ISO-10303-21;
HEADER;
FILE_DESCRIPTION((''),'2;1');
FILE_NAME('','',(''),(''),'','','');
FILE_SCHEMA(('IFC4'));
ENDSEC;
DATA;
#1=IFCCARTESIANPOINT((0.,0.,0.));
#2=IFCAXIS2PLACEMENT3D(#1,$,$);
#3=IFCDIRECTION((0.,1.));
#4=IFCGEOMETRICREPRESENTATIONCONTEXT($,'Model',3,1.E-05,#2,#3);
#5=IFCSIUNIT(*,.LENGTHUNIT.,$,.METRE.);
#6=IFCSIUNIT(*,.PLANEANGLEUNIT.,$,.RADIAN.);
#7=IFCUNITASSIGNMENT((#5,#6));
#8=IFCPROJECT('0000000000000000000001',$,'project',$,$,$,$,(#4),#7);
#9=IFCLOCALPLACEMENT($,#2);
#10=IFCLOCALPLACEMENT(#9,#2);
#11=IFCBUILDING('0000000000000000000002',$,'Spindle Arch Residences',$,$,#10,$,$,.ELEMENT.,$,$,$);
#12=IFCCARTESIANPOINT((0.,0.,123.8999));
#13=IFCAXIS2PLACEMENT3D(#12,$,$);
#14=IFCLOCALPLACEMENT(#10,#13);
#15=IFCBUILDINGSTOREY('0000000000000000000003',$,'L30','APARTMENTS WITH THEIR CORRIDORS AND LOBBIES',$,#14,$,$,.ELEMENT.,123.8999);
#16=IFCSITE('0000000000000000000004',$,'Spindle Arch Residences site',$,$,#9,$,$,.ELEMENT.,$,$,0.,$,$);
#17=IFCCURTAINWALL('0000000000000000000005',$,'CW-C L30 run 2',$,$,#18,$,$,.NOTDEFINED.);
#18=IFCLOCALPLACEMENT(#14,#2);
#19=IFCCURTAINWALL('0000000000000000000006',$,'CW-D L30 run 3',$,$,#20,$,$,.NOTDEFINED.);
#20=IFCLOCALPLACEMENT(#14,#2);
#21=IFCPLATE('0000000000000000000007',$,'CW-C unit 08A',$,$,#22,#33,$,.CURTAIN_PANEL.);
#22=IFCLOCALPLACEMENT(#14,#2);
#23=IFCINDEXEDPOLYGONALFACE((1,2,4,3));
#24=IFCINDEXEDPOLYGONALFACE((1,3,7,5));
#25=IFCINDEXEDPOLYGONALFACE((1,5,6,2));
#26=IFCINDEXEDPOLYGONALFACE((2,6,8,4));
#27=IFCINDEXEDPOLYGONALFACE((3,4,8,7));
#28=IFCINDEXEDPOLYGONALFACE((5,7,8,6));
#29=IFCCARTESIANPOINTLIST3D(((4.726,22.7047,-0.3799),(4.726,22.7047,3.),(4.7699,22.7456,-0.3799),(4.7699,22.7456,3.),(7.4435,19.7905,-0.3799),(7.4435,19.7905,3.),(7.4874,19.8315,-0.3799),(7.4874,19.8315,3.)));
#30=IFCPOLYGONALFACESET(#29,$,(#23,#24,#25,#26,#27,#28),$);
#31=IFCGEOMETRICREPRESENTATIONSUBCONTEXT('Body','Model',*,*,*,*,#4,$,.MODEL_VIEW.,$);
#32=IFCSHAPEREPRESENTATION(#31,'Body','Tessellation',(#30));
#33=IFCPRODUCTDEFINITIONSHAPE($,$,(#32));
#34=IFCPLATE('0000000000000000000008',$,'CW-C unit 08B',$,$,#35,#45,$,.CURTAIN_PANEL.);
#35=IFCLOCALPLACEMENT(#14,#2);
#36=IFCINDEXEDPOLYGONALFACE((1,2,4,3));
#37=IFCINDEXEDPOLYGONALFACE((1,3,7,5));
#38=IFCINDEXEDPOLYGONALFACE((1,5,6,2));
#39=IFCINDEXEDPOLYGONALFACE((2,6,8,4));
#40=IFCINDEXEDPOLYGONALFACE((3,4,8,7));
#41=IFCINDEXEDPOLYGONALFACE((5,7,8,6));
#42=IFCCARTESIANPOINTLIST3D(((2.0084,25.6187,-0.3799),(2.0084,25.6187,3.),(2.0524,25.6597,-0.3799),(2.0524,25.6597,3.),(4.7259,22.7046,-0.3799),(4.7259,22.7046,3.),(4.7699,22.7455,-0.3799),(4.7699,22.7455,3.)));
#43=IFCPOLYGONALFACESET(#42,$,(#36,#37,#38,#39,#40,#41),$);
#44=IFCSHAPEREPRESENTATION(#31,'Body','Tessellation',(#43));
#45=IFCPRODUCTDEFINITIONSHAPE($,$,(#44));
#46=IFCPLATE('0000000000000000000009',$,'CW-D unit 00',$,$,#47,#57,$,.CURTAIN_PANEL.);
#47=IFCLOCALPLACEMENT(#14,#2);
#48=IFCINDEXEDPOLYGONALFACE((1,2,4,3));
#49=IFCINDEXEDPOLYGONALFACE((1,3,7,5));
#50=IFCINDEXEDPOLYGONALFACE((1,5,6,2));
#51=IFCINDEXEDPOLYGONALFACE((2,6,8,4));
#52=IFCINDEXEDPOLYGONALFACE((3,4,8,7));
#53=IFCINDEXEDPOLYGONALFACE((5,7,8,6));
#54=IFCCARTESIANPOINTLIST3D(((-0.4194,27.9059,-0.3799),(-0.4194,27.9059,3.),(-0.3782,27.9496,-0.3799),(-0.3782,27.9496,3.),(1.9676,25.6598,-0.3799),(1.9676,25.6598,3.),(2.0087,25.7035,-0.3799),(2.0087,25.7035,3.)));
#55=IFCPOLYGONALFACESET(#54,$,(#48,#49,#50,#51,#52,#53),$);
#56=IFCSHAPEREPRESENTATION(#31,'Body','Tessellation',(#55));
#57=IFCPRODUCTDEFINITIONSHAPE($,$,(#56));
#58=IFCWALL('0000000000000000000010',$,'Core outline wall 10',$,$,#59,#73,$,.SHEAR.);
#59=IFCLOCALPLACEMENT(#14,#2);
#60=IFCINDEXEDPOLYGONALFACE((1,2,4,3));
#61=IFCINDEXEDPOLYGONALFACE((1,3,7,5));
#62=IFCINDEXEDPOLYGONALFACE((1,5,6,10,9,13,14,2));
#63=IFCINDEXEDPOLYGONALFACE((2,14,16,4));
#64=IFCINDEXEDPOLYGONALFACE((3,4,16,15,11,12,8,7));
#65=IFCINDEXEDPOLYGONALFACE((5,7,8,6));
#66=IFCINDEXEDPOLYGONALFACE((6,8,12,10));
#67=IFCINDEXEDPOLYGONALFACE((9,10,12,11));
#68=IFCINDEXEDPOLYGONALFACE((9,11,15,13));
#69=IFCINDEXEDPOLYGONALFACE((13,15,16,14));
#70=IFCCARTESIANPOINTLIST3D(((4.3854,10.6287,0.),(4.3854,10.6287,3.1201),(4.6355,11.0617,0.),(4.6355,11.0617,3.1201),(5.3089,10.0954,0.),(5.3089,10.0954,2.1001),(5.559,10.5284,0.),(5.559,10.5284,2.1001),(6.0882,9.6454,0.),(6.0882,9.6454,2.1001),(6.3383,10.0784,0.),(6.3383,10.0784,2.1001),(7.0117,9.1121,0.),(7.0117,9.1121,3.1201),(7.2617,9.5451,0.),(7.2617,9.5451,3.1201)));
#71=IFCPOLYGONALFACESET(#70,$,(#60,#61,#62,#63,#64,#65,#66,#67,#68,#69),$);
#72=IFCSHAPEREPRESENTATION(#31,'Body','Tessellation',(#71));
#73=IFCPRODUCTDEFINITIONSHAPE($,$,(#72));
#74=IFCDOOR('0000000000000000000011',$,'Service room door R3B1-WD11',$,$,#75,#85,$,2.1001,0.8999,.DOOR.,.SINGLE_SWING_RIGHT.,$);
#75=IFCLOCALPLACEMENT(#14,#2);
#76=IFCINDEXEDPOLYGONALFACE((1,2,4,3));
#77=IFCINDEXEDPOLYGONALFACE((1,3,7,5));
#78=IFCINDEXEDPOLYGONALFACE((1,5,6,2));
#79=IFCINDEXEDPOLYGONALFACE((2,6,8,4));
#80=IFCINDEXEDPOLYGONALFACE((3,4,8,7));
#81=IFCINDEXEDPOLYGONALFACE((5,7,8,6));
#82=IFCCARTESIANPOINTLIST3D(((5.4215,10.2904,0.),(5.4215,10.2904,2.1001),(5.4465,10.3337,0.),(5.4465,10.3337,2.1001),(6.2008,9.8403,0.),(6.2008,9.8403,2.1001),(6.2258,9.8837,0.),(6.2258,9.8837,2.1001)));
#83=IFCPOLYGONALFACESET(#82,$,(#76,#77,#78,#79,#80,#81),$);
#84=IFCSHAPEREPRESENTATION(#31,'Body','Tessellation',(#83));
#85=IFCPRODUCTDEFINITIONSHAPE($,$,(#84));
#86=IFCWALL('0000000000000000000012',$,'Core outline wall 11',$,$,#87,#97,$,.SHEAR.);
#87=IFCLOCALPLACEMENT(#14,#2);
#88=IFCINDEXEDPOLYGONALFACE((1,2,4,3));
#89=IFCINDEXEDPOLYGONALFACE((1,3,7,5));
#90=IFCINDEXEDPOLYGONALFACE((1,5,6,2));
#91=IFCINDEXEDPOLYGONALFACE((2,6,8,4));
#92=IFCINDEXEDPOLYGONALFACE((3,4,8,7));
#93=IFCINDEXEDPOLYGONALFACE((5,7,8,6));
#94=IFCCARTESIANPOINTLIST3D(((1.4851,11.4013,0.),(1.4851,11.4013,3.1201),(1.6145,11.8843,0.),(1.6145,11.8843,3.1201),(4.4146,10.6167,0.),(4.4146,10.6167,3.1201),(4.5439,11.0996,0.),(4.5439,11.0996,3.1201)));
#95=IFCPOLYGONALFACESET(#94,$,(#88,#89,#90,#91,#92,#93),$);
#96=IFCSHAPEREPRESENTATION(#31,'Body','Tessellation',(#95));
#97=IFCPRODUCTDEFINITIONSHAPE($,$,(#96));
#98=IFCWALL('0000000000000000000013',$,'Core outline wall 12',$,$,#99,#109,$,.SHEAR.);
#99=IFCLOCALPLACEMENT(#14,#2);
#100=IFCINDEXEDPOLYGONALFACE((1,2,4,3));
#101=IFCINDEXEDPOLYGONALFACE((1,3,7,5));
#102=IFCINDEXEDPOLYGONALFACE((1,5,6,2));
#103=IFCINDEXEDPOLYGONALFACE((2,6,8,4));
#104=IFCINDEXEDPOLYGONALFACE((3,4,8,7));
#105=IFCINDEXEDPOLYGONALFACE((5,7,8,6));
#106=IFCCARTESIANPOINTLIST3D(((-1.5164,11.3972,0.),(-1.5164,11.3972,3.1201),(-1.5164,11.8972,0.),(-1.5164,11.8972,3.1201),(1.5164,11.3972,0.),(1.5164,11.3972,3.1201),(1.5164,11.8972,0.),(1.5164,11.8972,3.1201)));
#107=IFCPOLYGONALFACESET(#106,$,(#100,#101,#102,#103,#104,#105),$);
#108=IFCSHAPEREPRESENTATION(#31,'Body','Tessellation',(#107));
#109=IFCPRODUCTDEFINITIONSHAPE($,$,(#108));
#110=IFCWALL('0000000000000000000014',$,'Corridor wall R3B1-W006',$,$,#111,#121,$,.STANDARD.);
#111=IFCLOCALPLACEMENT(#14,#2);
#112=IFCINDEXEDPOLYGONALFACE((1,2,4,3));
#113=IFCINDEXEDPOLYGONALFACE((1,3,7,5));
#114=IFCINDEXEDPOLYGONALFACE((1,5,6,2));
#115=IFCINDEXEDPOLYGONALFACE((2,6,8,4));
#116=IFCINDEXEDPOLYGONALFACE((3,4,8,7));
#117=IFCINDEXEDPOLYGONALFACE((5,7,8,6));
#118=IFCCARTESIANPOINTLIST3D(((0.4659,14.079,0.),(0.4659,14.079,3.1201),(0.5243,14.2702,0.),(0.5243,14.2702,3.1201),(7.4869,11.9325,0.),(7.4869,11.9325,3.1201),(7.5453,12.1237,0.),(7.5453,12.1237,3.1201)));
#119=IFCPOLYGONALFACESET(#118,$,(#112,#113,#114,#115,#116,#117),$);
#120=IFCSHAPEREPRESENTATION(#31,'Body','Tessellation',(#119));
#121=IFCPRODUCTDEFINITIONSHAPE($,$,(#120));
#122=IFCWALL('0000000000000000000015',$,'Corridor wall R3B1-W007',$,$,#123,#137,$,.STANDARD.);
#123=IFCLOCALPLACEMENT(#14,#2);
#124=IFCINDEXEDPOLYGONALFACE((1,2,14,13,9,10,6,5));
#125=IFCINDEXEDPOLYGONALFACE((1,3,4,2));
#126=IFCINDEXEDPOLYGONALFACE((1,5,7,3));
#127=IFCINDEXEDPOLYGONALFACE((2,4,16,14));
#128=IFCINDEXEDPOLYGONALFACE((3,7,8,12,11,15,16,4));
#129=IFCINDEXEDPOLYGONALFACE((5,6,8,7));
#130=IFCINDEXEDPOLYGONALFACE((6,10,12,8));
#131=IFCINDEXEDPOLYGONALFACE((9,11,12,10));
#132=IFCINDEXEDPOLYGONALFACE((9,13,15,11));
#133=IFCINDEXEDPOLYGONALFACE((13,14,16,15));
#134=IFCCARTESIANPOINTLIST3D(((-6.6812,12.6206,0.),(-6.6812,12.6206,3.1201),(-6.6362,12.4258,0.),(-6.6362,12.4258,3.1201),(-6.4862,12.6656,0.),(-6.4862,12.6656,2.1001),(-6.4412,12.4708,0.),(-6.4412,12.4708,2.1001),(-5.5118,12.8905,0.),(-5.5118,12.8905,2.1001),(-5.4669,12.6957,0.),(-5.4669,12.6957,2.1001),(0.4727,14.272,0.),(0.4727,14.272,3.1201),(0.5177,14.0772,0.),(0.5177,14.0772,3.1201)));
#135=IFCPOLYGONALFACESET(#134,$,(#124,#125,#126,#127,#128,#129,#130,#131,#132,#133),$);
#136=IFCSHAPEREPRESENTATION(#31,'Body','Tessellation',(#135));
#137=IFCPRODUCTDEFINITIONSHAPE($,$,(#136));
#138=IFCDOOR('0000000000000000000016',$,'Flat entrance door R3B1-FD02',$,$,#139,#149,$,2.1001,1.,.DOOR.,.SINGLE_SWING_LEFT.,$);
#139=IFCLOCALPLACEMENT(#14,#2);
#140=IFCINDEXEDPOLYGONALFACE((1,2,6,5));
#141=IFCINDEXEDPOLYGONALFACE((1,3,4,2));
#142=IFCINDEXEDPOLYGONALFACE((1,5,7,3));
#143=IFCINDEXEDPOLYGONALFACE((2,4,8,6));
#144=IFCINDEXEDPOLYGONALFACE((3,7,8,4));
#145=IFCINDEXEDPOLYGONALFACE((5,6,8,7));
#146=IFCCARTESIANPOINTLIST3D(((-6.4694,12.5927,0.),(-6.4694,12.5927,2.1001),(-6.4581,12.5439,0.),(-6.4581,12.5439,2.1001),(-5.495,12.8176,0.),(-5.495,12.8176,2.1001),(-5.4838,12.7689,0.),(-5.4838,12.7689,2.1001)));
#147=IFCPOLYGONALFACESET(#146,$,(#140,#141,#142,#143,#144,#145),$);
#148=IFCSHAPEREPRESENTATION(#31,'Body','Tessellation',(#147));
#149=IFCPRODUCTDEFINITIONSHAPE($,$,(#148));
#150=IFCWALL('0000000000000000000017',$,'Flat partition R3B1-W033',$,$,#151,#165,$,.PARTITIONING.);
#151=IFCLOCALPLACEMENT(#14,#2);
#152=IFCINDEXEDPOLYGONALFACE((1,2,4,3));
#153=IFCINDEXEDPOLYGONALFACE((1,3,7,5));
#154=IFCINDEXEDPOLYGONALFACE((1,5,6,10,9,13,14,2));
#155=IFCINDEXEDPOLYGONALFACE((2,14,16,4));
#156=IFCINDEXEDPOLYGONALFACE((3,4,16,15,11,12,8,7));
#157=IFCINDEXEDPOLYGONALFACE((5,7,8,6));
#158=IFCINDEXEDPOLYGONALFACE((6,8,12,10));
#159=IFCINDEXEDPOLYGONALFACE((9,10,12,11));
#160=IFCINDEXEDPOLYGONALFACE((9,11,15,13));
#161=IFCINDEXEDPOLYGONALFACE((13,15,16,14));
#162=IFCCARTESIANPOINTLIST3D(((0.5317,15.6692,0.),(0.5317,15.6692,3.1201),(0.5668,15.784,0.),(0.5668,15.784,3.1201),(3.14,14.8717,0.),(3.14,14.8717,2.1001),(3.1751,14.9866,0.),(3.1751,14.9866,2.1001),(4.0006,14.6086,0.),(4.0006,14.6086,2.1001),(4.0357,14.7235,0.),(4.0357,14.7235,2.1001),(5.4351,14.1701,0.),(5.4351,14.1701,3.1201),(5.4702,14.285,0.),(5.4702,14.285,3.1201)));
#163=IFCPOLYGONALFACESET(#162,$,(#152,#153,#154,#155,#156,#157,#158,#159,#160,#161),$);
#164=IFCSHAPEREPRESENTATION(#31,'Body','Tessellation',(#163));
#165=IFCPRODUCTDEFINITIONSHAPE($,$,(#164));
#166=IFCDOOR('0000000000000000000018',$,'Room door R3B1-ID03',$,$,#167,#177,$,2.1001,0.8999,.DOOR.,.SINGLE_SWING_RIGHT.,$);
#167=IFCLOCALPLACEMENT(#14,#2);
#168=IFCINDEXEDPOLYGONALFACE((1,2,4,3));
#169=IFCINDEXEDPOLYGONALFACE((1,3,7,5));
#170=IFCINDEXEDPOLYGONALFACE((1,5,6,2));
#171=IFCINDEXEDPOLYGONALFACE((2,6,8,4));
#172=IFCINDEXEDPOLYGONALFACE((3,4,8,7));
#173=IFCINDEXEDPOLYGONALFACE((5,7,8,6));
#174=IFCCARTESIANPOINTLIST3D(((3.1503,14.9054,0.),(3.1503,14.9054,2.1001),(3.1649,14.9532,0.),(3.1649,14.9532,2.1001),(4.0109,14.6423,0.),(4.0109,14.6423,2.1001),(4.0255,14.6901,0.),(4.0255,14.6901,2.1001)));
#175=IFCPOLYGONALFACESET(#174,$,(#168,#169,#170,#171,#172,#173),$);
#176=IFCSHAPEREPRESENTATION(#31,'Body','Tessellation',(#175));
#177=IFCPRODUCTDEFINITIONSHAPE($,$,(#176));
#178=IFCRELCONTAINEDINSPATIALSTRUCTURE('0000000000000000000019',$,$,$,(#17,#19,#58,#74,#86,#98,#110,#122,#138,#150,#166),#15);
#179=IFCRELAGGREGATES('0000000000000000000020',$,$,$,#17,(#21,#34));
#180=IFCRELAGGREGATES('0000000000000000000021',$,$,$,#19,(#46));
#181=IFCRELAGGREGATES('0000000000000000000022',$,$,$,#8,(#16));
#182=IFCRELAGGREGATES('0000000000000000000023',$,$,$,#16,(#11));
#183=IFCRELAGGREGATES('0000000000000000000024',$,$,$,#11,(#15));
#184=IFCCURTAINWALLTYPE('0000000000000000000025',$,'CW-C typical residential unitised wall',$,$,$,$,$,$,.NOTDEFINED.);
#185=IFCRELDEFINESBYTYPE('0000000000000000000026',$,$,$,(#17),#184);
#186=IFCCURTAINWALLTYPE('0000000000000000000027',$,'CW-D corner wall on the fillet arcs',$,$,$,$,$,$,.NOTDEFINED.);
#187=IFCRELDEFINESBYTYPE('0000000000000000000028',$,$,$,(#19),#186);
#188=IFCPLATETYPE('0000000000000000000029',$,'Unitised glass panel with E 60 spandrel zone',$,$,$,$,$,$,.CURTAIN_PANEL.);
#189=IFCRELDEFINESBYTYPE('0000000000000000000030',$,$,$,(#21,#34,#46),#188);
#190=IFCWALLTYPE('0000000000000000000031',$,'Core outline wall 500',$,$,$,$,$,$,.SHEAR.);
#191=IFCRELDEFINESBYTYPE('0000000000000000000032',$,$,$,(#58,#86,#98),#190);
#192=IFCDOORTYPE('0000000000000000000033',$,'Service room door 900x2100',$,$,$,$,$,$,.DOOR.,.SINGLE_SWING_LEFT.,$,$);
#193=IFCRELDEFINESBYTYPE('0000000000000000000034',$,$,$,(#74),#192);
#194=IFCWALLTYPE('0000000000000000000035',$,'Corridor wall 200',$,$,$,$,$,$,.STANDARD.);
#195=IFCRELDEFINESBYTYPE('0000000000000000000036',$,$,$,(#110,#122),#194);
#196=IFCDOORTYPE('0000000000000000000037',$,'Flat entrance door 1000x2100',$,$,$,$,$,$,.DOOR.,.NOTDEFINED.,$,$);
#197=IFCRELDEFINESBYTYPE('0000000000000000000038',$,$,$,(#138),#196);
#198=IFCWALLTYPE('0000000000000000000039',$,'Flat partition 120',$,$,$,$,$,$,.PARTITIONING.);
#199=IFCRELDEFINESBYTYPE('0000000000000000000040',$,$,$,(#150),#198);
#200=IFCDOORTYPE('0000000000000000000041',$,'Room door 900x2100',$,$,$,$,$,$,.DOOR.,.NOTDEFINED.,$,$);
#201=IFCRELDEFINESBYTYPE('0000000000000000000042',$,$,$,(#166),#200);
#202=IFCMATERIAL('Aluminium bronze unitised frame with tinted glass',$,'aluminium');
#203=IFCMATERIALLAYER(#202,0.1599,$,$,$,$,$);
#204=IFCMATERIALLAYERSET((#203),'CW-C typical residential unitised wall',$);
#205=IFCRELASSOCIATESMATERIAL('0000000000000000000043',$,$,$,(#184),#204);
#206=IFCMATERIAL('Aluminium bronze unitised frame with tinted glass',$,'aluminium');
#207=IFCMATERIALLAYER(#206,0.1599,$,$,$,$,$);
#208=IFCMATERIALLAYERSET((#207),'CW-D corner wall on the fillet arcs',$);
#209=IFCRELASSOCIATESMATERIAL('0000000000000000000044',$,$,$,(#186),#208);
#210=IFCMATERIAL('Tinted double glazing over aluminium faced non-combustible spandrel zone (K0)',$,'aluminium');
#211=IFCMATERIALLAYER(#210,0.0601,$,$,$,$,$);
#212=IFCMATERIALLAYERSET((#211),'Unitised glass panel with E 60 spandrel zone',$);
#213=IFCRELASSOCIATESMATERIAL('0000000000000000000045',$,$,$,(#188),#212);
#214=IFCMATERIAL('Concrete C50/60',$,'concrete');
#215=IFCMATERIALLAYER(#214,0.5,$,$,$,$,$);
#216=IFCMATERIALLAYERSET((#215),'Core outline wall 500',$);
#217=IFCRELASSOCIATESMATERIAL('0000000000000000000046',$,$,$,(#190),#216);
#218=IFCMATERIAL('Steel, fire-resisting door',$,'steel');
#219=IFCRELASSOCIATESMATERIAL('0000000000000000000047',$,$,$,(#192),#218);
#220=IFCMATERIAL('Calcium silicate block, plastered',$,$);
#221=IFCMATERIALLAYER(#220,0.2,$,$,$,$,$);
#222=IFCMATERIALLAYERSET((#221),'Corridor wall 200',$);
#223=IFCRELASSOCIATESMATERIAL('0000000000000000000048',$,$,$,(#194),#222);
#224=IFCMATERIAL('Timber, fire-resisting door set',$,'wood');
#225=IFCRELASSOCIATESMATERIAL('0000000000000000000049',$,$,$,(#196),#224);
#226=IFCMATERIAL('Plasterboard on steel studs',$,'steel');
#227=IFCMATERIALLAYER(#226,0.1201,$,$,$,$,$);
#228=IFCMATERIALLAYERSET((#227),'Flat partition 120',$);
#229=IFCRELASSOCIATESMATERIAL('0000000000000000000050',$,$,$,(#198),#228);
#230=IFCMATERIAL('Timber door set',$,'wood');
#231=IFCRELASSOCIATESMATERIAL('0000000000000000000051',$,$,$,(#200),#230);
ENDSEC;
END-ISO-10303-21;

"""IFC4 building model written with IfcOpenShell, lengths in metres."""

from ifc_helpers import new_model, si_unit, direction, frame, frame_2d, origin, origin_2d, place, context, subcontext, project, spatial, rectangle, extrude, material, layer, layer_set, type_object, element, fill, aggregate, save


model = new_model("IFC4")

# Units and contexts
model_context = context("Model", 3, precision=1e-05, world=origin(), true_north=direction((0.0, 1.0)))
body_context = subcontext(model_context, "Body", "Model", "MODEL_VIEW")
ifc_project = project(units=[si_unit("LENGTHUNIT", "METRE"), si_unit("PLANEANGLEUNIT", "RADIAN")], contexts=[model_context])

# Site, building, storey
site_placement = place(None, origin())
site = spatial("IfcSite", under=ifc_project, at=site_placement, Name="Spindle Arch Residences site", CompositionType="ELEMENT", RefElevation=0.0)
building_placement = place(site_placement, origin())
building = spatial("IfcBuilding", under=site, at=building_placement, Name="Spindle Arch Residences", CompositionType="ELEMENT")
storey_placement = place(building_placement, frame((0.0, 0.0, 123.8999)))
storey = spatial("IfcBuildingStorey", under=building, at=storey_placement, Name="L30", Description="APARTMENTS WITH THEIR CORRIDORS AND LOBBIES", CompositionType="ELEMENT", Elevation=123.8999)

# Curtain wall
ifc_material_1 = material(Name="Aluminium bronze unitised frame with tinted glass", Category="aluminium")
ifc_layer_1 = layer(ifc_material_1, 0.1599)
ifc_layer_set_1 = layer_set([ifc_layer_1], Name="CW-C typical residential unitised wall")
curtain_wall_type_1 = type_object("IfcCurtainWallType", Name="CW-C typical residential unitised wall", PredefinedType="NOTDEFINED", material=ifc_layer_set_1)
curtain_wall_1_placement = place(storey_placement, origin())
curtain_wall_1 = element("IfcCurtainWall", 1, at=curtain_wall_1_placement, inside=storey, type_object=curtain_wall_type_1, Name="CW-C L30 run 2", PredefinedType="NOTDEFINED")

# Curtain wall
ifc_material_2 = material(Name="Aluminium bronze unitised frame with tinted glass", Category="aluminium")
ifc_layer_2 = layer(ifc_material_2, 0.1599)
ifc_layer_set_2 = layer_set([ifc_layer_2], Name="CW-D corner wall on the fillet arcs")
curtain_wall_type_2 = type_object("IfcCurtainWallType", Name="CW-D corner wall on the fillet arcs", PredefinedType="NOTDEFINED", material=ifc_layer_set_2)
curtain_wall_2_placement = place(storey_placement, origin())
curtain_wall_2 = element("IfcCurtainWall", 2, at=curtain_wall_2_placement, inside=storey, type_object=curtain_wall_type_2, Name="CW-D L30 run 3", PredefinedType="NOTDEFINED")

# Plates
ifc_material_3 = material(Name="Tinted double glazing over aluminium faced non-combustible spandrel zone (K0)", Category="aluminium")
ifc_layer_3 = layer(ifc_material_3, 0.0601)
ifc_layer_set_3 = layer_set([ifc_layer_3], Name="Unitised glass panel with E 60 spandrel zone")
plate_type = type_object("IfcPlateType", Name="Unitised glass panel with E 60 spandrel zone", PredefinedType="CURTAIN_PANEL", material=ifc_layer_set_3)
plate_1_placement = place(storey_placement, frame((6.1067, 21.2681, -0.3799), z_axis=(0.0, 0.0, 1.0), x_axis=(-0.681998, 0.731354, 0.0)))
plate_1 = element("IfcPlate", 3, at=plate_1_placement, type_object=plate_type, Name="CW-C unit 08A", PredefinedType="CURTAIN_PANEL", context=body_context, shape_type="SweptSolid", body=[
    extrude(rectangle(XDim=3.9846, YDim=0.0601, at=origin_2d()), origin(), (0.0, 0.0, 1.0), 3.3799),
])
plate_2_placement = place(storey_placement, frame((3.3892, 24.1821, -0.3799), z_axis=(0.0, 0.0, 1.0), x_axis=(-0.681998, 0.731354, 0.0)))
plate_2 = element("IfcPlate", 4, at=plate_2_placement, type_object=plate_type, Name="CW-C unit 08B", PredefinedType="CURTAIN_PANEL", context=body_context, shape_type="SweptSolid", body=[
    extrude(rectangle(XDim=3.9846, YDim=0.0601, at=origin_2d()), origin(), (0.0, 0.0, 1.0), 3.3799),
])
aggregate(curtain_wall_1, [plate_1, plate_2])
plate_3_placement = place(storey_placement, frame((0.7947, 26.8047, -0.3799), z_axis=(0.0, 0.0, 1.0), x_axis=(-0.72827, 0.68529, 0.0)))
plate_3 = element("IfcPlate", 5, at=plate_3_placement, type_object=plate_type, Name="CW-D unit 00", PredefinedType="CURTAIN_PANEL", context=body_context, shape_type="SweptSolid", body=[
    extrude(rectangle(XDim=3.2776, YDim=0.0601, at=origin_2d()), origin(), (0.0, 0.0, 1.0), 3.3799),
])
aggregate(curtain_wall_2, [plate_3])

# Wall, opening, door
ifc_material_4 = material(Name="Concrete C50/60", Category="concrete")
ifc_layer_4 = layer(ifc_material_4, 0.5)
ifc_layer_set_4 = layer_set([ifc_layer_4], Name="Core outline wall 500")
wall_type_1 = type_object("IfcWallType", Name="Core outline wall 500", PredefinedType="SHEAR", material=ifc_layer_set_4)
wall_1_placement = place(storey_placement, frame((7.1367, 9.3286, 0.0), z_axis=(0.0, 0.0, 1.0), x_axis=(-0.865975, 0.500087, 0.0)))
wall_1 = element("IfcWall", 6, at=wall_1_placement, inside=storey, type_object=wall_type_1, Name="Core outline wall 10", PredefinedType="SHEAR", context=body_context, shape_type="SweptSolid", body=[
    extrude(rectangle(XDim=3.0327, YDim=0.5, at=frame_2d((1.5164, 0.0))), origin(), (0.0, 0.0, 1.0), 3.1201),
])
opening_1_placement = place(wall_1_placement, frame((1.0664, 0.0, 0.0)))
opening_1 = element("IfcOpeningElement", 7, at=opening_1_placement, cuts=wall_1, PredefinedType="OPENING", context=body_context, shape_type="SweptSolid", body=[
    extrude(rectangle(XDim=0.8999, YDim=2.1001, at=frame_2d((0.45, 1.05))), frame((0.0, 0.26, 0.0), z_axis=(0.0, -1.0, 0.0), x_axis=(1.0, 0.0, 0.0)), (0.0, 0.0, 1.0), 0.52),
])
ifc_material_5 = material(Name="Steel, fire-resisting door", Category="steel")
door_type_1 = type_object("IfcDoorType", Name="Service room door 900x2100", OperationType="SINGLE_SWING_LEFT", PredefinedType="DOOR", material=ifc_material_5)
door_1_placement = place(opening_1_placement, origin())
door_1 = element("IfcDoor", 8, at=door_1_placement, inside=storey, type_object=door_type_1, Name="Service room door R3B1-WD11", OperationType="SINGLE_SWING_RIGHT", OverallHeight=2.1001, OverallWidth=0.8999, PredefinedType="DOOR", context=body_context, shape_type="SweptSolid", body=[
    extrude(rectangle(XDim=0.8999, YDim=2.1001, at=frame_2d((0.45, 1.05))), frame((0.0, 0.0249, 0.0), z_axis=(0.0, -1.0, 0.0), x_axis=(1.0, 0.0, 0.0)), (0.0, 0.0, 1.0), 0.05),
])
fill(opening_1, door_1)

# Walls
for number, where, z_axis, x_axis, name in (
    (9, (4.4792, 10.8582, 0.0), (0.0, 0.0, 1.0), (-0.965948, 0.258735, 0.0), "Core outline wall 11"),
    (10, (1.5164, 11.6472, 0.0), (0.0, 0.0, 1.0), (-1.0, 0.0, 0.0), "Core outline wall 12"),
):
    element("IfcWall", number, at=place(storey_placement, frame(where, z_axis=z_axis, x_axis=x_axis)), inside=storey, type_object=wall_type_1, Name=name, PredefinedType="SHEAR", context=body_context, shape_type="SweptSolid", body=[
        extrude(rectangle(XDim=3.0327, YDim=0.5, at=frame_2d((1.5164, 0.0))), origin(), (0.0, 0.0, 1.0), 3.1201),
    ])
ifc_material_6 = material(Name="Calcium silicate block, plastered")
ifc_layer_5 = layer(ifc_material_6, 0.2)
ifc_layer_set_5 = layer_set([ifc_layer_5], Name="Corridor wall 200")
wall_type_2 = type_object("IfcWallType", Name="Corridor wall 200", PredefinedType="STANDARD", material=ifc_layer_set_5)
wall_2_placement = place(storey_placement, frame((7.5161, 12.0281, 0.0), z_axis=(0.0, 0.0, 1.0), x_axis=(-0.956307, 0.292366, 0.0)))
element("IfcWall", 11, at=wall_2_placement, inside=storey, type_object=wall_type_2, Name="Corridor wall R3B1-W006", PredefinedType="STANDARD", context=body_context, shape_type="SweptSolid", body=[
    extrude(rectangle(XDim=7.3418, YDim=0.2, at=frame_2d((3.6709, 0.0))), origin(), (0.0, 0.0, 1.0), 3.1201),
])

# Walls, openings, doors
wall_3_placement = place(storey_placement, frame((0.4951, 14.1746, 0.0), z_axis=(0.0, 0.0, 1.0), x_axis=(-0.974377, -0.224923, 0.0)))
wall_3 = element("IfcWall", 12, at=wall_3_placement, inside=storey, type_object=wall_type_2, Name="Corridor wall R3B1-W007", PredefinedType="STANDARD", context=body_context, shape_type="SweptSolid", body=[
    extrude(rectangle(XDim=7.342, YDim=0.2, at=frame_2d((3.6709, 0.0))), origin(), (0.0, 0.0, 1.0), 3.1201),
])
opening_2_placement = place(wall_3_placement, frame((6.1418, 0.0, 0.0)))
opening_2 = element("IfcOpeningElement", 13, at=opening_2_placement, cuts=wall_3, PredefinedType="OPENING", context=body_context, shape_type="SweptSolid", body=[
    extrude(rectangle(XDim=1.0, YDim=2.1001, at=frame_2d((0.5, 1.05))), frame((0.0, 0.1099, 0.0), z_axis=(0.0, -1.0, 0.0), x_axis=(1.0, 0.0, 0.0)), (0.0, 0.0, 1.0), 0.22),
])
ifc_material_7 = material(Name="Timber, fire-resisting door set", Category="wood")
door_type_2 = type_object("IfcDoorType", Name="Flat entrance door 1000x2100", OperationType="NOTDEFINED", PredefinedType="DOOR", material=ifc_material_7)
door_2_placement = place(opening_2_placement, origin())
door_2 = element("IfcDoor", 14, at=door_2_placement, inside=storey, type_object=door_type_2, Name="Flat entrance door R3B1-FD02", OperationType="SINGLE_SWING_LEFT", OverallHeight=2.1001, OverallWidth=1.0, PredefinedType="DOOR", context=body_context, shape_type="SweptSolid", body=[
    extrude(rectangle(XDim=1.0, YDim=2.1001, at=frame_2d((0.5, 1.05))), frame((0.0, 0.0249, 0.0), z_axis=(0.0, -1.0, 0.0), x_axis=(1.0, 0.0, 0.0)), (0.0, 0.0, 1.0), 0.05),
])
fill(opening_2, door_2)
ifc_material_8 = material(Name="Plasterboard on steel studs", Category="steel")
ifc_layer_6 = layer(ifc_material_8, 0.1201)
ifc_layer_set_6 = layer_set([ifc_layer_6], Name="Flat partition 120")
wall_type_3 = type_object("IfcWallType", Name="Flat partition 120", PredefinedType="PARTITIONING", material=ifc_layer_set_6)
wall_4_placement = place(storey_placement, frame((5.4526, 14.2275, 0.0), z_axis=(0.0, 0.0, 1.0), x_axis=(-0.956309, 0.292359, 0.0)))
wall_4 = element("IfcWall", 15, at=wall_4_placement, inside=storey, type_object=wall_type_3, Name="Flat partition R3B1-W033", PredefinedType="PARTITIONING", context=body_context, shape_type="SweptSolid", body=[
    extrude(rectangle(XDim=5.1274, YDim=0.1201, at=frame_2d((2.5637, 0.0))), origin(), (0.0, 0.0, 1.0), 3.1201),
])
opening_3_placement = place(wall_4_placement, frame((1.5, 0.0, 0.0)))
opening_3 = element("IfcOpeningElement", 16, at=opening_3_placement, cuts=wall_4, PredefinedType="OPENING", context=body_context, shape_type="SweptSolid", body=[
    extrude(rectangle(XDim=0.8999, YDim=2.1001, at=frame_2d((0.45, 1.05))), frame((0.0, 0.0701, 0.0), z_axis=(0.0, -1.0, 0.0), x_axis=(1.0, 0.0, 0.0)), (0.0, 0.0, 1.0), 0.1401),
])
ifc_material_9 = material(Name="Timber door set", Category="wood")
door_type_3 = type_object("IfcDoorType", Name="Room door 900x2100", OperationType="NOTDEFINED", PredefinedType="DOOR", material=ifc_material_9)
door_3_placement = place(opening_3_placement, origin())
door_3 = element("IfcDoor", 17, at=door_3_placement, inside=storey, type_object=door_type_3, Name="Room door R3B1-ID03", OperationType="SINGLE_SWING_RIGHT", OverallHeight=2.1001, OverallWidth=0.8999, PredefinedType="DOOR", context=body_context, shape_type="SweptSolid", body=[
    extrude(rectangle(XDim=0.8999, YDim=2.1001, at=frame_2d((0.45, 1.05))), frame((0.0, 0.0249, 0.0), z_axis=(0.0, -1.0, 0.0), x_axis=(1.0, 0.0, 0.0)), (0.0, 0.0, 1.0), 0.05),
])
fill(opening_3, door_3)

save(model, "model.ifc")
